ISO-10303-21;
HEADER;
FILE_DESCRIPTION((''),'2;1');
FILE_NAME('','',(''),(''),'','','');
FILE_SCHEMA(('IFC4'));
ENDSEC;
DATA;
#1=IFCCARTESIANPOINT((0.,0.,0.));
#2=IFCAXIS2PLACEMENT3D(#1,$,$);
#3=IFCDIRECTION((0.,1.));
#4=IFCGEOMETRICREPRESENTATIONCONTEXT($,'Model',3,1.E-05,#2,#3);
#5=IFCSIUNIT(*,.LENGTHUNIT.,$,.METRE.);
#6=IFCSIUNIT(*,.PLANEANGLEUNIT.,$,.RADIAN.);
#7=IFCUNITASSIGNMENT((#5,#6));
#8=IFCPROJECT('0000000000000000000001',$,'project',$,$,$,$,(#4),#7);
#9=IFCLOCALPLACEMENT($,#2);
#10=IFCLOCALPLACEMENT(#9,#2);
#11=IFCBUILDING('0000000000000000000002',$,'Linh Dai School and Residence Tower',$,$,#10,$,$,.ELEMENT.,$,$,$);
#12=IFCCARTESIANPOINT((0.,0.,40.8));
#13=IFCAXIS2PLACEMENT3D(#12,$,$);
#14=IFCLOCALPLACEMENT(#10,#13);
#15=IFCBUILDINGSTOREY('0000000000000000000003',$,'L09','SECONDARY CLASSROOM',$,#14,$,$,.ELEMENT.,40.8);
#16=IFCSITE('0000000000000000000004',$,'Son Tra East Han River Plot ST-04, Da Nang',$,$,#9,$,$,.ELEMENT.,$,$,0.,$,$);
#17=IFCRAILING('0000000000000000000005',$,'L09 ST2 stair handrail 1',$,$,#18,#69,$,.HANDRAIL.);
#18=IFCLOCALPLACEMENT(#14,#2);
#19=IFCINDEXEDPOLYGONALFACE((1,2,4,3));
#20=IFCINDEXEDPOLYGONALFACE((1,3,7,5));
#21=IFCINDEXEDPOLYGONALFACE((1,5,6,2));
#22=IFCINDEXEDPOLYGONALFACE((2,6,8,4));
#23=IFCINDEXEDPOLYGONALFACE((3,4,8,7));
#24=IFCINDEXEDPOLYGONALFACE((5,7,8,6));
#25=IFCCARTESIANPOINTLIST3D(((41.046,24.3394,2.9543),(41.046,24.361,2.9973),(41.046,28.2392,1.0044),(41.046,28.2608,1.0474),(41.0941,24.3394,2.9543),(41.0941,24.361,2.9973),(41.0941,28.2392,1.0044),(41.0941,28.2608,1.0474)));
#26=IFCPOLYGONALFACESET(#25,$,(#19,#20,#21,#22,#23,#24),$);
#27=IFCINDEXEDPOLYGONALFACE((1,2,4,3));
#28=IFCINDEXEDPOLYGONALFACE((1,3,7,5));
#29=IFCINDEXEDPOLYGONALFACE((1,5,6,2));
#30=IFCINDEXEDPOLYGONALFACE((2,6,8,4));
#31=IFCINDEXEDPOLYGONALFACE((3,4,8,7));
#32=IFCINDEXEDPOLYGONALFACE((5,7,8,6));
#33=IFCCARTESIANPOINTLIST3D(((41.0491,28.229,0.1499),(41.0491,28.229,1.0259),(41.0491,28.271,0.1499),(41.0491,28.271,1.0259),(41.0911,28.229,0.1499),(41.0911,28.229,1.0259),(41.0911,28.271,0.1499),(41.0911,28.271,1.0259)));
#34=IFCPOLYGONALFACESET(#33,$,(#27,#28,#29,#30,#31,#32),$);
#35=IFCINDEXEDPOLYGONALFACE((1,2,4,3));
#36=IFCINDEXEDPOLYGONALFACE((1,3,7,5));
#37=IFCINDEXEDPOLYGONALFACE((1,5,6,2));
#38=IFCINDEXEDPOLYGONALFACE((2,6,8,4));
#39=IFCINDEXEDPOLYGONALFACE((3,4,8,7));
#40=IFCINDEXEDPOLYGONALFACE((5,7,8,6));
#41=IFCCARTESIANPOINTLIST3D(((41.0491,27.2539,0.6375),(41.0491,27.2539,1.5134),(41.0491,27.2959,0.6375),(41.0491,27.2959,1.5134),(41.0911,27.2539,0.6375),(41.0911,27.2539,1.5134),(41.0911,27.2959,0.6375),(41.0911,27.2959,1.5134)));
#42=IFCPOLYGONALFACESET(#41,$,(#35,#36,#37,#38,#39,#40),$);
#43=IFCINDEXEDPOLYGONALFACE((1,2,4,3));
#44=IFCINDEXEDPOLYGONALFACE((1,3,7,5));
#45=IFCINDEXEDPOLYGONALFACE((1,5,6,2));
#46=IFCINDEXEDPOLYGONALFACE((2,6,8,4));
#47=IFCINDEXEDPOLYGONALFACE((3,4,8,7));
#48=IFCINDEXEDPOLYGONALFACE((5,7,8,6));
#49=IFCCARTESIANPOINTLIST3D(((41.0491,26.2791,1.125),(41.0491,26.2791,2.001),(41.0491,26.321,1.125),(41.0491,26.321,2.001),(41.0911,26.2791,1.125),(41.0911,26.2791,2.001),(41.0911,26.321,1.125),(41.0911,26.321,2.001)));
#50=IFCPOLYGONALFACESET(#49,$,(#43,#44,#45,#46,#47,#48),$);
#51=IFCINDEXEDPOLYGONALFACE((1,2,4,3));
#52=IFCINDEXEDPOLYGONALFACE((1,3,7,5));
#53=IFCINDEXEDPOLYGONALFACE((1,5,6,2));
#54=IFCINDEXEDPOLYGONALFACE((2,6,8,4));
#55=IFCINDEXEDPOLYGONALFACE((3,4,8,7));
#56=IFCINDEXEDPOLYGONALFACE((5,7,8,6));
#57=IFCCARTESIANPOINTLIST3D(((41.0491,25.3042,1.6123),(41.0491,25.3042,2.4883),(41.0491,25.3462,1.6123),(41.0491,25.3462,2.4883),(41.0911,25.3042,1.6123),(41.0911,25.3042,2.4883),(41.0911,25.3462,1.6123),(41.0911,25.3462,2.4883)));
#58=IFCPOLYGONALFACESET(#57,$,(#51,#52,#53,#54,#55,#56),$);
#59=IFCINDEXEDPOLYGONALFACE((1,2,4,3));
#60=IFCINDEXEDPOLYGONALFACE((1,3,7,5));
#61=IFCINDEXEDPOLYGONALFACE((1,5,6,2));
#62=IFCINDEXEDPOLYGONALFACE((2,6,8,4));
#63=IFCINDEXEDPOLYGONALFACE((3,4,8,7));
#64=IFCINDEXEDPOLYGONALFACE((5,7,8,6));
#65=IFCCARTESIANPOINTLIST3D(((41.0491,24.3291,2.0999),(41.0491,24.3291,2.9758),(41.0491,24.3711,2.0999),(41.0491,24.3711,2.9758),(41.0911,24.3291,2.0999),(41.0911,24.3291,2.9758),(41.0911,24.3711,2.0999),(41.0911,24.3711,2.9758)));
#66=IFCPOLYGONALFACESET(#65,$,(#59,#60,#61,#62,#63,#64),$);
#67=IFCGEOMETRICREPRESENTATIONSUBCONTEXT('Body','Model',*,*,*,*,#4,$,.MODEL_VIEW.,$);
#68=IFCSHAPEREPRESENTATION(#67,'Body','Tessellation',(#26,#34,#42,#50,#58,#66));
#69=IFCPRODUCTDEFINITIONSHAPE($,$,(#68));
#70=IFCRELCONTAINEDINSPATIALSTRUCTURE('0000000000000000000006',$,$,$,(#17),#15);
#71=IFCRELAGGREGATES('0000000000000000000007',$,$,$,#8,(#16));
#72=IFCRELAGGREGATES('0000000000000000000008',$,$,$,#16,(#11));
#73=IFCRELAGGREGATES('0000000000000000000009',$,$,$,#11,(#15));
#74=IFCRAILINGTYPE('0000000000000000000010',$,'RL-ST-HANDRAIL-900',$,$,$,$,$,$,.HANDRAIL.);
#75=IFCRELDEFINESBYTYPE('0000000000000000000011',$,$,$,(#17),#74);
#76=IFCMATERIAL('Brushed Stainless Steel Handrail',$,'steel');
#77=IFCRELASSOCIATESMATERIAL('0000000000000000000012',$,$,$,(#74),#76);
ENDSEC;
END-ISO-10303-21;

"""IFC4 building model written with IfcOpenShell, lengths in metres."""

from ifc_helpers import new_model, si_unit, direction, frame, origin, origin_2d, place, context, subcontext, project, spatial, rectangle, extrude, source, transform, mapped, material, type_object, element, save


model = new_model("IFC4")

# Units and contexts
model_context = context("Model", 3, precision=1e-05, world=origin(), true_north=direction((0.0, 1.0)))
body_context = subcontext(model_context, "Body", "Model", "MODEL_VIEW")
ifc_project = project(units=[si_unit("LENGTHUNIT", "METRE"), si_unit("PLANEANGLEUNIT", "RADIAN")], contexts=[model_context])

# Site, building, storey
site_placement = place(None, origin())
site = spatial("IfcSite", under=ifc_project, at=site_placement, Name="Son Tra East Han River Plot ST-04, Da Nang", CompositionType="ELEMENT", RefElevation=0.0)
building_placement = place(site_placement, origin())
building = spatial("IfcBuilding", under=site, at=building_placement, Name="Linh Dai School and Residence Tower", CompositionType="ELEMENT")
storey_placement = place(building_placement, frame((0.0, 0.0, 40.8)))
storey = spatial("IfcBuildingStorey", under=building, at=storey_placement, Name="L09", Description="SECONDARY CLASSROOM", CompositionType="ELEMENT", Elevation=40.8)

# Railing
ifc_material_1 = material(Name="Brushed Stainless Steel Handrail", Category="steel")
railing_type_1 = type_object("IfcRailingType", Name="RL-ST-HANDRAIL-900", PredefinedType="HANDRAIL", material=ifc_material_1)
shared_shape_1 = source(origin(), body_context, "Body", "SweptSolid", [
    extrude(rectangle(XDim=0.0481, YDim=0.0481, at=origin_2d()), frame((0.0, 0.0, 0.876), z_axis=(0.0, -0.894427, 0.447214), x_axis=(1.0, 0.0, 0.0)), (0.0, 0.0, 1.0), 4.3601),
    extrude(rectangle(XDim=0.042, YDim=0.042, at=origin_2d()), origin(), (0.0, 0.0, 1.0), 0.876),
    extrude(rectangle(XDim=0.042, YDim=0.042, at=origin_2d()), frame((0.0, -0.9751, 0.4875)), (0.0, 0.0, 1.0), 0.876),
    extrude(rectangle(XDim=0.042, YDim=0.042, at=origin_2d()), frame((0.0, -1.95, 0.9751)), (0.0, 0.0, 1.0), 0.876),
    extrude(rectangle(XDim=0.042, YDim=0.042, at=origin_2d()), frame((0.0, -2.9248, 1.4624)), (0.0, 0.0, 1.0), 0.876),
    extrude(rectangle(XDim=0.042, YDim=0.042, at=origin_2d()), frame((0.0, -3.8999, 1.95)), (0.0, 0.0, 1.0), 0.876),
])
railing_1_placement = place(storey_placement, frame((41.0701, 28.25, 0.1499)))
element("IfcRailing", 1, at=railing_1_placement, inside=storey, type_object=railing_type_1, Name="L09 ST2 stair handrail 1", PredefinedType="HANDRAIL", context=body_context, shape_type="MappedRepresentation", body=[
    mapped(shared_shape_1, transform((0.0, 0.0, 0.0), x_axis=(1.0, 0.0, 0.0), y_axis=(0.0, 1.0, 0.0), z_axis=(0.0, 0.0, 1.0), scale=1.0)),
])

save(model, "model.ifc")
